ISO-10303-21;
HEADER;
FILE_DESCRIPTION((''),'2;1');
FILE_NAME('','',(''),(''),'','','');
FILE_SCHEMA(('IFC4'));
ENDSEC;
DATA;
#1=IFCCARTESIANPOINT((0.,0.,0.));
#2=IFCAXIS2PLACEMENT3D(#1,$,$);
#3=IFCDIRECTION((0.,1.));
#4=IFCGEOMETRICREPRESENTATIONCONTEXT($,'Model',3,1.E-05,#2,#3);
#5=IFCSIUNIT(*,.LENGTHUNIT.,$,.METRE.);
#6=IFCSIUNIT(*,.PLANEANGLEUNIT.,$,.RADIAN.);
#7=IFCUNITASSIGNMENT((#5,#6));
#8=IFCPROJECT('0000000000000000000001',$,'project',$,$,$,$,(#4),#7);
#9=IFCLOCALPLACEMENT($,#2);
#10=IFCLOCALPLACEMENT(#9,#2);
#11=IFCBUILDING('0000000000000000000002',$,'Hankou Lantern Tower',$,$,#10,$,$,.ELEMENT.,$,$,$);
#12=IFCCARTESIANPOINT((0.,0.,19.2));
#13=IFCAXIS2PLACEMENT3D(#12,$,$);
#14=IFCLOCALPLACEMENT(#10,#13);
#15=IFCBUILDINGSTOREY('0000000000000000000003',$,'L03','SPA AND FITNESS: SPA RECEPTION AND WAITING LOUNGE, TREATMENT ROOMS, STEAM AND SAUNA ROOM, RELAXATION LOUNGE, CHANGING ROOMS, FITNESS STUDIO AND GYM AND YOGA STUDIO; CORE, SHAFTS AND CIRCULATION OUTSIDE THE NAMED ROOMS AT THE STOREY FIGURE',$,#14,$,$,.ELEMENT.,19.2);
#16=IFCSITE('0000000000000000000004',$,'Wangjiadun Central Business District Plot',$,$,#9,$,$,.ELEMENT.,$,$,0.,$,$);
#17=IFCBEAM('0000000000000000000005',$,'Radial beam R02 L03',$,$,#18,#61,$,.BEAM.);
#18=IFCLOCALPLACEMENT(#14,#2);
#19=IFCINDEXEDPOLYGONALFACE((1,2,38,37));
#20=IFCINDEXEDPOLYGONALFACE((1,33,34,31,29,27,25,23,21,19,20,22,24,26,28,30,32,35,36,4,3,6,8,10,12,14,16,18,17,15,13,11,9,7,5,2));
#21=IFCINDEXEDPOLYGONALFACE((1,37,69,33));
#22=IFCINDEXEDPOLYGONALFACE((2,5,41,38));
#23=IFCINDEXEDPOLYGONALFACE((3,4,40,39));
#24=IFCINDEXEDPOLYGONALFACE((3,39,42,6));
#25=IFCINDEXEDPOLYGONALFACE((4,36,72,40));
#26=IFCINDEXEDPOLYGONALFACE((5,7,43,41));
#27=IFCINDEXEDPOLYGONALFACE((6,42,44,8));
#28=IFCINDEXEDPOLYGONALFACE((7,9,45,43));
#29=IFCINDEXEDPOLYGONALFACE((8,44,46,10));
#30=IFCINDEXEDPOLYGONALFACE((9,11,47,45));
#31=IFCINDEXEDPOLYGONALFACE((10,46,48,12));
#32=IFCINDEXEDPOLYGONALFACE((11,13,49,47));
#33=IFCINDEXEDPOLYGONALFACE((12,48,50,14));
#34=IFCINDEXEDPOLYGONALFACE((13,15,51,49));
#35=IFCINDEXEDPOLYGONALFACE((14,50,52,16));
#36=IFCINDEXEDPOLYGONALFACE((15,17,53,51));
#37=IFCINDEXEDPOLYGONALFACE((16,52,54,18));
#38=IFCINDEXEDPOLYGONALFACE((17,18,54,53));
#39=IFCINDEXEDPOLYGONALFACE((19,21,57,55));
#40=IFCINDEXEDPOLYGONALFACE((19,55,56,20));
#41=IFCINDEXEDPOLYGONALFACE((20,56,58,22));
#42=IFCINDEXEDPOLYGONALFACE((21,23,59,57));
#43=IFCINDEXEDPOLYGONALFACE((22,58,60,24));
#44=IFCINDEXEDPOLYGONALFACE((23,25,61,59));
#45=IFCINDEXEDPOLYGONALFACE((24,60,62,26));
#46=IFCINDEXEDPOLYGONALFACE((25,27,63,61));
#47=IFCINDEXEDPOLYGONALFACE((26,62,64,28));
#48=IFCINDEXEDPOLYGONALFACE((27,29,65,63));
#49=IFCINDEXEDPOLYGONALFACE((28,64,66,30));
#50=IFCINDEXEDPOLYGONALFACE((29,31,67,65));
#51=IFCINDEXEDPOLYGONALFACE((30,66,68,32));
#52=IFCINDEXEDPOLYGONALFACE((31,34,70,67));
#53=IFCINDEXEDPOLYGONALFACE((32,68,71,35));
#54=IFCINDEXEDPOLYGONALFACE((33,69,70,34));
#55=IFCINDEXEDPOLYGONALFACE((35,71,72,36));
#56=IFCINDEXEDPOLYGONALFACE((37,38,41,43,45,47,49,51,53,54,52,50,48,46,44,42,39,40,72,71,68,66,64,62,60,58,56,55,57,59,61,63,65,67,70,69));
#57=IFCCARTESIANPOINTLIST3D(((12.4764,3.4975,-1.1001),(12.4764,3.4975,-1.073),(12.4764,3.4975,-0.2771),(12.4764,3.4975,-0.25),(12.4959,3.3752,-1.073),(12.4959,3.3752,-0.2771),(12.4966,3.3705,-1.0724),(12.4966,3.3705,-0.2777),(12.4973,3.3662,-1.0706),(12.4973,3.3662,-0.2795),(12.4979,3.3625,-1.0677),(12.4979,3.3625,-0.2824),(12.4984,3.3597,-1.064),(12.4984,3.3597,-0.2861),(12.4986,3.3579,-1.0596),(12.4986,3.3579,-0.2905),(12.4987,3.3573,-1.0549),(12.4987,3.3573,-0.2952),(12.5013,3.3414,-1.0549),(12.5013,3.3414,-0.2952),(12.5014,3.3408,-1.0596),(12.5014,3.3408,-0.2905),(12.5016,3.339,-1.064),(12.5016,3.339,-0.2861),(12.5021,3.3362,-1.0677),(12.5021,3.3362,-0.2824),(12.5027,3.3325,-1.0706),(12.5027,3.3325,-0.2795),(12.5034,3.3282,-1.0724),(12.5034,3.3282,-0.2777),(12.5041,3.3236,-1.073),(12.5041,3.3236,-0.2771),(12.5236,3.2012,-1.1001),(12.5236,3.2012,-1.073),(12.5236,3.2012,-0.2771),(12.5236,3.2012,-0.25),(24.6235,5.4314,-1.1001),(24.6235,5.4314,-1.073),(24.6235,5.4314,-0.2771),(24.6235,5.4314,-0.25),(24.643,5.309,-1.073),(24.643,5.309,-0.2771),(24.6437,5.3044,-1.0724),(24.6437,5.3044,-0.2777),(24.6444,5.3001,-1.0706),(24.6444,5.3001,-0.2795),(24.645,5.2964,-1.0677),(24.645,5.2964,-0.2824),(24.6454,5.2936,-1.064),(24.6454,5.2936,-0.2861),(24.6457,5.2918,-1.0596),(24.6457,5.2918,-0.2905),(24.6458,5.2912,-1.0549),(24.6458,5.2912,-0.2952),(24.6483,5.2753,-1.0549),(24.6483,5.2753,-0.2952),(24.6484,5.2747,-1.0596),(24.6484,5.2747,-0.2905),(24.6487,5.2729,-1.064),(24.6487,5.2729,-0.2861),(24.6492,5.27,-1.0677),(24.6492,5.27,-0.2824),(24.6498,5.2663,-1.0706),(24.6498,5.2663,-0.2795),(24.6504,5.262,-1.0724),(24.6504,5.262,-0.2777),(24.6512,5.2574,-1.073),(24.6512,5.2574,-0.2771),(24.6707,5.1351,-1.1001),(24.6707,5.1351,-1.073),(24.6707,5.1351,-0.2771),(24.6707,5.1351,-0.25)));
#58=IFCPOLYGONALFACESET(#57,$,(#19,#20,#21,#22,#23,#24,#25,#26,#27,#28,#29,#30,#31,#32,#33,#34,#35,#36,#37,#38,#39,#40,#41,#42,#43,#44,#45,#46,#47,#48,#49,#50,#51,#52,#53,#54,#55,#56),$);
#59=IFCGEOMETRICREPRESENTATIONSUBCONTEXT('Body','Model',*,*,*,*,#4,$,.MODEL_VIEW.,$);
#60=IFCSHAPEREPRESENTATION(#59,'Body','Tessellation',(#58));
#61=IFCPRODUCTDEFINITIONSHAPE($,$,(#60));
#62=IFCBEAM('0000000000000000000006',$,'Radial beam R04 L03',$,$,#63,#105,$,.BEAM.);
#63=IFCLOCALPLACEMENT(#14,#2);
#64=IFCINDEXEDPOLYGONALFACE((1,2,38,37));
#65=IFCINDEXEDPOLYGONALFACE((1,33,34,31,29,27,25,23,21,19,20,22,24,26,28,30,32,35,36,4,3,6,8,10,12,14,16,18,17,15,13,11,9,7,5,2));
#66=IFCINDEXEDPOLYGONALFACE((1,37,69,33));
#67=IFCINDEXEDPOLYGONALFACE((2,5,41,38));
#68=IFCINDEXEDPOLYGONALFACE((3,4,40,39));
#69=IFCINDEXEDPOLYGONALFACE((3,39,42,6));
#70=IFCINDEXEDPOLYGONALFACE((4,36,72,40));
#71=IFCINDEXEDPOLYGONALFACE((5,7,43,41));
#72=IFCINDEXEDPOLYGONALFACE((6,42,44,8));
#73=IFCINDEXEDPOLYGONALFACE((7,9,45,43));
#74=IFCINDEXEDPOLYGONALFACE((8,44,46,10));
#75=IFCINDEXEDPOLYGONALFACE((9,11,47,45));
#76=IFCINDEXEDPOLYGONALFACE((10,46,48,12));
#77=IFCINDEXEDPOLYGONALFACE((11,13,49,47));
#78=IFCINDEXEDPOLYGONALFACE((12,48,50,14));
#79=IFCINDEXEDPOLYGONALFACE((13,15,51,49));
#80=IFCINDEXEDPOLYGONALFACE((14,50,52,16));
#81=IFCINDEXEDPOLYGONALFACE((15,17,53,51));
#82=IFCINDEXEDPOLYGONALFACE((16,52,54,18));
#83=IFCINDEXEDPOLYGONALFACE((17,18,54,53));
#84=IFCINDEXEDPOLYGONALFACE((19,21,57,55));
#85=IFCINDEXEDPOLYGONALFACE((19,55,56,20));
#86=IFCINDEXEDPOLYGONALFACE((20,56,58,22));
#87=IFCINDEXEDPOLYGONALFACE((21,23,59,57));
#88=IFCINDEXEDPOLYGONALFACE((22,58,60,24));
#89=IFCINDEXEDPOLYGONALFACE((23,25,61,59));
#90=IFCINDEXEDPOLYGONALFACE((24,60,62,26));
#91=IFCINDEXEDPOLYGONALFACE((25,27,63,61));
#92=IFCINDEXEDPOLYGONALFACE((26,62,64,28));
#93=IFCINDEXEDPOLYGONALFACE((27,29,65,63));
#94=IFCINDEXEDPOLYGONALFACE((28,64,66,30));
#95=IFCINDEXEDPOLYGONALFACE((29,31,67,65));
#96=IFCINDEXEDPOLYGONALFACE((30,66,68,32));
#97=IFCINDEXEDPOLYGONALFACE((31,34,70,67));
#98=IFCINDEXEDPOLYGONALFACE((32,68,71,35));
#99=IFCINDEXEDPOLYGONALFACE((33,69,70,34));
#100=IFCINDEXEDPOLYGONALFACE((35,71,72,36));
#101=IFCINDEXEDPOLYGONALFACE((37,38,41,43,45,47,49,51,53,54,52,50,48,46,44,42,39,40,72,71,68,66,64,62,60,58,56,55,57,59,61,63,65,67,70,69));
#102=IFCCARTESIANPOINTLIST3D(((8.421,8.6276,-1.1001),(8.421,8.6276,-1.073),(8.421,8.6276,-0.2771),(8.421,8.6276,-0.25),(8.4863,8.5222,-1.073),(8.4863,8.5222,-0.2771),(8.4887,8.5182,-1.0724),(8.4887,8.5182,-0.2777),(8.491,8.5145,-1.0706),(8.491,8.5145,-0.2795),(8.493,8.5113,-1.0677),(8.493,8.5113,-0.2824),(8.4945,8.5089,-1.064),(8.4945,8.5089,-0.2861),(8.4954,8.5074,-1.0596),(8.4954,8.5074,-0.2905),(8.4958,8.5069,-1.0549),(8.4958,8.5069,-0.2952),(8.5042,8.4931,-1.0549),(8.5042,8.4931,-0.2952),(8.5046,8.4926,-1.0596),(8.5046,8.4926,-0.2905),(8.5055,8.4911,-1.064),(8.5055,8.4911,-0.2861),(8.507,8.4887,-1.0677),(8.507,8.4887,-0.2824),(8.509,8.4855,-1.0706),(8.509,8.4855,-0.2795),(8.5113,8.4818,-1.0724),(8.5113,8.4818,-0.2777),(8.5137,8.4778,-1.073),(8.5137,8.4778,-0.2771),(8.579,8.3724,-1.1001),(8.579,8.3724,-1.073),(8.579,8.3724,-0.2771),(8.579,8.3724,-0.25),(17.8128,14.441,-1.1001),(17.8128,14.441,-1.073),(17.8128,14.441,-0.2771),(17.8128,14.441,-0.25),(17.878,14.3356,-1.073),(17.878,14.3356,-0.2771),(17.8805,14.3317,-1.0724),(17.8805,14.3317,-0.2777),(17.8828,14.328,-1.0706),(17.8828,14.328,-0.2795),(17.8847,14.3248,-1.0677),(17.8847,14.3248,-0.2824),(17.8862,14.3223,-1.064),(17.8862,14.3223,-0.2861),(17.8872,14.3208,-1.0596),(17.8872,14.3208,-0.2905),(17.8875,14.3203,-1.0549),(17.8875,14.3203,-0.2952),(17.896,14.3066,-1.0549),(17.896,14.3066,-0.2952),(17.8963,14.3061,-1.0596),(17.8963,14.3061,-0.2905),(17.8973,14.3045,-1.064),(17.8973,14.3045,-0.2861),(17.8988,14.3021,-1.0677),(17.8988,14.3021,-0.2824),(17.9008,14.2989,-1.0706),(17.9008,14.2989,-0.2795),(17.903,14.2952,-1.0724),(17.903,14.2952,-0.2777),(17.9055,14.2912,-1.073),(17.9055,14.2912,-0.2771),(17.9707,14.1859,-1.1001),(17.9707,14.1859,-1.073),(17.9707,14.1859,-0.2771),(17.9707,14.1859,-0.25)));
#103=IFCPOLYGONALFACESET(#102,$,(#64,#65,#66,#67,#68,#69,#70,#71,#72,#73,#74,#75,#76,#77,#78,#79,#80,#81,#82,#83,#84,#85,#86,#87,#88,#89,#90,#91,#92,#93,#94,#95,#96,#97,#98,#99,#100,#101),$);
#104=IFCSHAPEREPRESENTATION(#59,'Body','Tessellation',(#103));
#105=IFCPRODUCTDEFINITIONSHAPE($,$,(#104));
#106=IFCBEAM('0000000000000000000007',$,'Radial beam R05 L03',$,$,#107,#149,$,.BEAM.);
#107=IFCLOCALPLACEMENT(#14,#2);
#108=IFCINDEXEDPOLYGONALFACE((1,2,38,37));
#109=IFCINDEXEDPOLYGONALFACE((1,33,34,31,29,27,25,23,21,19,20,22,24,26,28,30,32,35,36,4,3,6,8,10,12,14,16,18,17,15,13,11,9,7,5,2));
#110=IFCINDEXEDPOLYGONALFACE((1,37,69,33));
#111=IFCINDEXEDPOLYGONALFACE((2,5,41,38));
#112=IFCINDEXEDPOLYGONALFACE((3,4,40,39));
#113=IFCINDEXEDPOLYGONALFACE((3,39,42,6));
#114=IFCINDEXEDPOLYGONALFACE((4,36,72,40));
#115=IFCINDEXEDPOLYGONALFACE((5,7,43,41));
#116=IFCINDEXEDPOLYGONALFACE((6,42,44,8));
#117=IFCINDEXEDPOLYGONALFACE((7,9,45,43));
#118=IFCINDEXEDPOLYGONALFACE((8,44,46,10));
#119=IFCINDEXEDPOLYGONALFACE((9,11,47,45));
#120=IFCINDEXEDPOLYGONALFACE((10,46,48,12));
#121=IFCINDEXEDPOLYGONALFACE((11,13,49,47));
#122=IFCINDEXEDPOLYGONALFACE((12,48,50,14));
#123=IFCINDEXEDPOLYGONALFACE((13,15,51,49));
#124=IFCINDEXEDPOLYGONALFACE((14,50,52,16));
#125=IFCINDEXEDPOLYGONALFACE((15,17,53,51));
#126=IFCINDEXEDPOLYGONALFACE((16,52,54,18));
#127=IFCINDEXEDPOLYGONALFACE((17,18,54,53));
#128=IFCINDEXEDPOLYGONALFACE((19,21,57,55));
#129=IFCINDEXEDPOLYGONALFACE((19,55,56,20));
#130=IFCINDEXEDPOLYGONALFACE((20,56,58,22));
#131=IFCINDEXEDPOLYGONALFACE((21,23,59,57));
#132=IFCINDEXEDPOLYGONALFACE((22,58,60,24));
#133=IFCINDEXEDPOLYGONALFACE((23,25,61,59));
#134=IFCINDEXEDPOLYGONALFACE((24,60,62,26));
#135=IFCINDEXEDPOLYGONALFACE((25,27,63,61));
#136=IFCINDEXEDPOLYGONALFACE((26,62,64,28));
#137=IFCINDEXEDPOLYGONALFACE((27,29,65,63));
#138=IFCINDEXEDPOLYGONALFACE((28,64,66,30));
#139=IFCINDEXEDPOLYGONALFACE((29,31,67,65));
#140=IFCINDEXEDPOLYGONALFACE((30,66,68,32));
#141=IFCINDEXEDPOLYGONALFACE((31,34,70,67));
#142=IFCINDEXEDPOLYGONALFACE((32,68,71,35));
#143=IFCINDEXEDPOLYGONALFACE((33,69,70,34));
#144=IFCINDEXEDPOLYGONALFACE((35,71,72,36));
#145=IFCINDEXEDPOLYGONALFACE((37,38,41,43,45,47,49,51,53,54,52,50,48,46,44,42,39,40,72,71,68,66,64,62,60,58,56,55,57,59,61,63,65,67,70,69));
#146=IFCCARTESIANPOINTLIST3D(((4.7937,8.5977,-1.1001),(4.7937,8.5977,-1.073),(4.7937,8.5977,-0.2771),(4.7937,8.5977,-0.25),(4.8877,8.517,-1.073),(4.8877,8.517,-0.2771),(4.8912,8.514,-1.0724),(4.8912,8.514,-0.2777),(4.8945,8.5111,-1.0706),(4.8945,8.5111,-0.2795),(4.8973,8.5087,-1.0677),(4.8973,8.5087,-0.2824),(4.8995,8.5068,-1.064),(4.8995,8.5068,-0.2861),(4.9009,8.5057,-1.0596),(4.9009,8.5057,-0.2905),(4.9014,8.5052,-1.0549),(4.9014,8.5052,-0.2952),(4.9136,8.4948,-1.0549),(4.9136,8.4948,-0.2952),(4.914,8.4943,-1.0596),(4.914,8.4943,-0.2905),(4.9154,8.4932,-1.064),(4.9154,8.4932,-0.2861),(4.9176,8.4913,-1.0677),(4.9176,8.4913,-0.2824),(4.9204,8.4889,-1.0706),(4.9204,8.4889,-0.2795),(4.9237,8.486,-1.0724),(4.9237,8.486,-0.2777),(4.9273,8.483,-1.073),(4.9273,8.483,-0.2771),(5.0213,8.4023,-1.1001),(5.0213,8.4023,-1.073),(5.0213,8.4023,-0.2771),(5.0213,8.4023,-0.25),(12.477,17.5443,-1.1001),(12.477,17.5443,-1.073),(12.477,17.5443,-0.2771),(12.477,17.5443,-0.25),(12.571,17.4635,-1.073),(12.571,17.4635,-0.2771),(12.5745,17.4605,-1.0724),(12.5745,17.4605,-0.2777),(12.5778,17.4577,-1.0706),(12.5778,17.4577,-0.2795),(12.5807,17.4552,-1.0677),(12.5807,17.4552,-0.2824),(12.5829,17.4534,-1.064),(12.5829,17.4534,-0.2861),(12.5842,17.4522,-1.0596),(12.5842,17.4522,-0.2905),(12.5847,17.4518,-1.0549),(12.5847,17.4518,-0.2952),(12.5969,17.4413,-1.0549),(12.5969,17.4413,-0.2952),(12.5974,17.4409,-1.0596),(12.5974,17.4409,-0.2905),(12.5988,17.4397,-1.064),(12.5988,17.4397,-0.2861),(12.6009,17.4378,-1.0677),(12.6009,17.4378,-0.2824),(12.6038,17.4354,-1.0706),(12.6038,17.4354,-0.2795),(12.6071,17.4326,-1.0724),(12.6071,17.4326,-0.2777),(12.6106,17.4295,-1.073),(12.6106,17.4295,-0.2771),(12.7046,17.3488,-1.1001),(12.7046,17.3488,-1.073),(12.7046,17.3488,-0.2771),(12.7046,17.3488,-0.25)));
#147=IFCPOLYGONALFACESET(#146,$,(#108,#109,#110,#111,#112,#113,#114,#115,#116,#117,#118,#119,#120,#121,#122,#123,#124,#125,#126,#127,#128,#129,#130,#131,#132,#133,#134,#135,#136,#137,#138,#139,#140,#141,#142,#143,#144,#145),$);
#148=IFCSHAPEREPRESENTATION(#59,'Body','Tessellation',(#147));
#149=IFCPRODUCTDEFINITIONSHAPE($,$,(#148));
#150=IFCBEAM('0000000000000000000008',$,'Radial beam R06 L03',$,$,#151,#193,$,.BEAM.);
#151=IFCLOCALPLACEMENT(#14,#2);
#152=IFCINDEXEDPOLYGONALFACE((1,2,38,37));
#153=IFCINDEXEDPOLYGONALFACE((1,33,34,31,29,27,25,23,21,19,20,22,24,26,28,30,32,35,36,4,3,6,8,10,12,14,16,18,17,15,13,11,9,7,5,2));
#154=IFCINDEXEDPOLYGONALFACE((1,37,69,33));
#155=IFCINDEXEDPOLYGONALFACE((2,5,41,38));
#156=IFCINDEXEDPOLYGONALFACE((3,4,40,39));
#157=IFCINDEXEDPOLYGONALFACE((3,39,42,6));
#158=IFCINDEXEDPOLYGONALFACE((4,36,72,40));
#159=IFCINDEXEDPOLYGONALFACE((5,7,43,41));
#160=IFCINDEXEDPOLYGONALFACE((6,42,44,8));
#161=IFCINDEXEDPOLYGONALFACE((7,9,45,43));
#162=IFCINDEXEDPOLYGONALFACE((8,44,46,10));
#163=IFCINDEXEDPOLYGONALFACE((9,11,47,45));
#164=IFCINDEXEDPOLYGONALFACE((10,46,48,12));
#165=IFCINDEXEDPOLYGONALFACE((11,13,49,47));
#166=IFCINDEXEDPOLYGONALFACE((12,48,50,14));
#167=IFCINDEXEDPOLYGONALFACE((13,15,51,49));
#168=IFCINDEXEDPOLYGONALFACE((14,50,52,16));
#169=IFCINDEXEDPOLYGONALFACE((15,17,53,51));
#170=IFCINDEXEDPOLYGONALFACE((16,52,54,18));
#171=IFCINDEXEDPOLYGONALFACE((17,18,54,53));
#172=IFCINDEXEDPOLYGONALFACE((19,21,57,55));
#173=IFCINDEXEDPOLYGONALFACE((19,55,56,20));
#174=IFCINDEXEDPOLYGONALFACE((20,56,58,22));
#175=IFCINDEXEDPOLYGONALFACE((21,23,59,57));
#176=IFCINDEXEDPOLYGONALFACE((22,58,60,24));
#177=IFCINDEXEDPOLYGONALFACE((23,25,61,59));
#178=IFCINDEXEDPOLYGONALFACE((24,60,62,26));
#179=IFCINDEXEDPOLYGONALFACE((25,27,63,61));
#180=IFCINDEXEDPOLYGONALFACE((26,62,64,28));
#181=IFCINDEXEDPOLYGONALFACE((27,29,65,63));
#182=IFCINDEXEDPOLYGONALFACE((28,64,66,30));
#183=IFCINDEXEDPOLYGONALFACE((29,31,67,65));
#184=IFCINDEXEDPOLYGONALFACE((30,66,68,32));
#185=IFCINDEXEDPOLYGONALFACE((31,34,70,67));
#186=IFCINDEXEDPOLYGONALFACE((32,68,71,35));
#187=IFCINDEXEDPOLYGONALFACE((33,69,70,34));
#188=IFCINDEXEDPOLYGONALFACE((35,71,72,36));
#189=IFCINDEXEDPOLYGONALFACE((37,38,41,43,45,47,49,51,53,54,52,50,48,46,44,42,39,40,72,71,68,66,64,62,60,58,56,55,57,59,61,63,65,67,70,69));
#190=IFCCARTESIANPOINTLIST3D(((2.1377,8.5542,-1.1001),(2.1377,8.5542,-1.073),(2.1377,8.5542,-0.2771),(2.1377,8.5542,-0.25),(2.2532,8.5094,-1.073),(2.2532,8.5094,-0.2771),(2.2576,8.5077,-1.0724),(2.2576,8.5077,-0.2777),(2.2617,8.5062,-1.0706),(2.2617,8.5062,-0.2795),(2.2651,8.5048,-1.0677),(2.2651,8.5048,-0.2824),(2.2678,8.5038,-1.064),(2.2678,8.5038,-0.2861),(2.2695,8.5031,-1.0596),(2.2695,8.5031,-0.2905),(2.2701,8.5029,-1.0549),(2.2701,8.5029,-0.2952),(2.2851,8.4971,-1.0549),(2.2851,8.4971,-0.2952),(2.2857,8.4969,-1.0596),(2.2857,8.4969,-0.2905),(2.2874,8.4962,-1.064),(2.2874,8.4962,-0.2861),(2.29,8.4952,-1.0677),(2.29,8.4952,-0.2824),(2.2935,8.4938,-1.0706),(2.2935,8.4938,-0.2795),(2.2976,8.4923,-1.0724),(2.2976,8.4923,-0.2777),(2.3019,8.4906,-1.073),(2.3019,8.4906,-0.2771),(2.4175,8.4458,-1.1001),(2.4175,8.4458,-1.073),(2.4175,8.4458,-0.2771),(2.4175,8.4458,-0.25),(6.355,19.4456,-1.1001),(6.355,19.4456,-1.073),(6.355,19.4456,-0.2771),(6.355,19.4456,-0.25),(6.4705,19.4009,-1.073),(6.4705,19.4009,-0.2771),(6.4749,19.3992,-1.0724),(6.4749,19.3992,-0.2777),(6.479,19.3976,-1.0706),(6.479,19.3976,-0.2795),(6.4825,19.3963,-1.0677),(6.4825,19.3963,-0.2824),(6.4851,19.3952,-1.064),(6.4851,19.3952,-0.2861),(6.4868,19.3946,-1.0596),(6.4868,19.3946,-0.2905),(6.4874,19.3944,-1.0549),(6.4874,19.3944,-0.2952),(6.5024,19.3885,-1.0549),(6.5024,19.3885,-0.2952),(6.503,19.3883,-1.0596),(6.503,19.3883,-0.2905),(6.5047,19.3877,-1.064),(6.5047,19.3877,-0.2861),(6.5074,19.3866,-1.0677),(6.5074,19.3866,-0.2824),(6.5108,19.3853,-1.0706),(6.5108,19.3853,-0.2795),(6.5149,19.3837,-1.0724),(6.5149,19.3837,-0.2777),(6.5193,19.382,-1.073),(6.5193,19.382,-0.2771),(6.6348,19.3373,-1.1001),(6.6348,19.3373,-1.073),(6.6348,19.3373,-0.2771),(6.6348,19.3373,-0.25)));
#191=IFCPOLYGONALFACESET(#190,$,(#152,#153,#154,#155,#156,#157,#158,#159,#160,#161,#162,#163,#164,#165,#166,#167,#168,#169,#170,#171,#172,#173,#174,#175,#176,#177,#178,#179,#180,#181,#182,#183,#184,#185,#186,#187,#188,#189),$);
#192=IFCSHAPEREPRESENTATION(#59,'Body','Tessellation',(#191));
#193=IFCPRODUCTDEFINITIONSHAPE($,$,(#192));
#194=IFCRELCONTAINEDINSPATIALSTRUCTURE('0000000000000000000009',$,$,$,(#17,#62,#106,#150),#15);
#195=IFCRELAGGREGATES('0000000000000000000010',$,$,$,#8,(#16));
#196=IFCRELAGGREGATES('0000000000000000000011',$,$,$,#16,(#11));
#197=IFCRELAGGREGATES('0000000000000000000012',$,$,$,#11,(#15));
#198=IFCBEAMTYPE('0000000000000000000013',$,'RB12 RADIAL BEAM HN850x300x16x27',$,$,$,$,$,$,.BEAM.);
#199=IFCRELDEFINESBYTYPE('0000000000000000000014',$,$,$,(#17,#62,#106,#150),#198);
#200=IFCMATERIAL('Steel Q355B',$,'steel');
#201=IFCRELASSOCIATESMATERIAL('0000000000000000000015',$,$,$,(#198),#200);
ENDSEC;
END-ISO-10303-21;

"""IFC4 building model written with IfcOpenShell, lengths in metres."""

from ifc_helpers import new_model, si_unit, direction, frame, origin, origin_2d, place, context, subcontext, project, spatial, i_section, extrude, material, material_profile, profile_set, type_object, element, save


model = new_model("IFC4")

# Units and contexts
model_context = context("Model", 3, precision=1e-05, world=origin(), true_north=direction((0.0, 1.0)))
body_context = subcontext(model_context, "Body", "Model", "MODEL_VIEW")
ifc_project = project(units=[si_unit("LENGTHUNIT", "METRE"), si_unit("PLANEANGLEUNIT", "RADIAN")], contexts=[model_context])

# Site, building, storey
site_placement = place(None, origin())
site = spatial("IfcSite", under=ifc_project, at=site_placement, Name="Wangjiadun Central Business District Plot", CompositionType="ELEMENT", RefElevation=0.0)
building_placement = place(site_placement, origin())
building = spatial("IfcBuilding", under=site, at=building_placement, Name="Hankou Lantern Tower", CompositionType="ELEMENT")
storey_placement = place(building_placement, frame((0.0, 0.0, 19.2)))
storey = spatial("IfcBuildingStorey", under=building, at=storey_placement, Name="L03", Description="SPA AND FITNESS: SPA RECEPTION AND WAITING LOUNGE, TREATMENT ROOMS, STEAM AND SAUNA ROOM, RELAXATION LOUNGE, CHANGING ROOMS, FITNESS STUDIO AND GYM AND YOGA STUDIO; CORE, SHAFTS AND CIRCULATION OUTSIDE THE NAMED ROOMS AT THE STOREY FIGURE", CompositionType="ELEMENT", Elevation=19.2)

# Beams
ifc_material_1 = material(Name="Steel Q355B", Category="steel")
ifc_material_profile_1 = material_profile(ifc_material_1, i_section(OverallWidth=0.3, OverallDepth=0.8501, WebThickness=0.0161, FlangeThickness=0.0271, FilletRadius=0.0181, at=origin_2d()), Name="HN850x300x16x27")
ifc_profile_set_1 = profile_set([ifc_material_profile_1], Name="Steel Q355B")
beam_type_1 = type_object("IfcBeamType", Name="RB12 RADIAL BEAM HN850x300x16x27", PredefinedType="BEAM", material=ifc_profile_set_1)
beam_1_placement = place(storey_placement, frame((12.5, 3.3494, -0.675), z_axis=(0.987563, 0.157223, 0.0), x_axis=(-0.157223, 0.987563, 0.0)))
element("IfcBeam", 1, at=beam_1_placement, inside=storey, type_object=beam_type_1, Name="Radial beam R02 L03", PredefinedType="BEAM", context=body_context, shape_type="SweptSolid", body=[
    extrude(i_section(OverallWidth=0.3, OverallDepth=0.8501, WebThickness=0.0161, FlangeThickness=0.0271, FilletRadius=0.0181, at=origin_2d()), origin(), (0.0, 0.0, 1.0), 12.3),
])
beam_2_placement = place(storey_placement, frame((8.5, 8.5, -0.675), z_axis=(0.850286, 0.52632, 0.0), x_axis=(-0.52632, 0.850286, 0.0)))
element("IfcBeam", 2, at=beam_2_placement, inside=storey, type_object=beam_type_1, Name="Radial beam R04 L03", PredefinedType="BEAM", context=body_context, shape_type="SweptSolid", body=[
    extrude(i_section(OverallWidth=0.3, OverallDepth=0.8501, WebThickness=0.0161, FlangeThickness=0.0271, FilletRadius=0.0181, at=origin_2d()), origin(), (0.0, 0.0, 1.0), 11.0454),
])
beam_3_placement = place(storey_placement, frame((4.9075, 8.5, -0.675), z_axis=(0.651519, 0.758632, 0.0), x_axis=(-0.758632, 0.651519, 0.0)))
element("IfcBeam", 3, at=beam_3_placement, inside=storey, type_object=beam_type_1, Name="Radial beam R05 L03", PredefinedType="BEAM", context=body_context, shape_type="SweptSolid", body=[
    extrude(i_section(OverallWidth=0.3, OverallDepth=0.8501, WebThickness=0.0161, FlangeThickness=0.0271, FilletRadius=0.0181, at=origin_2d()), origin(), (0.0, 0.0, 1.0), 11.793),
])
beam_4_placement = place(storey_placement, frame((2.2776, 8.5, -0.675), z_axis=(0.361089, 0.932531, 0.0), x_axis=(-0.932531, 0.361089, 0.0)))
element("IfcBeam", 4, at=beam_4_placement, inside=storey, type_object=beam_type_1, Name="Radial beam R06 L03", PredefinedType="BEAM", context=body_context, shape_type="SweptSolid", body=[
    extrude(i_section(OverallWidth=0.3, OverallDepth=0.8501, WebThickness=0.0161, FlangeThickness=0.0271, FilletRadius=0.0181, at=origin_2d()), origin(), (0.0, 0.0, 1.0), 11.6794),
])

save(model, "model.ifc")
